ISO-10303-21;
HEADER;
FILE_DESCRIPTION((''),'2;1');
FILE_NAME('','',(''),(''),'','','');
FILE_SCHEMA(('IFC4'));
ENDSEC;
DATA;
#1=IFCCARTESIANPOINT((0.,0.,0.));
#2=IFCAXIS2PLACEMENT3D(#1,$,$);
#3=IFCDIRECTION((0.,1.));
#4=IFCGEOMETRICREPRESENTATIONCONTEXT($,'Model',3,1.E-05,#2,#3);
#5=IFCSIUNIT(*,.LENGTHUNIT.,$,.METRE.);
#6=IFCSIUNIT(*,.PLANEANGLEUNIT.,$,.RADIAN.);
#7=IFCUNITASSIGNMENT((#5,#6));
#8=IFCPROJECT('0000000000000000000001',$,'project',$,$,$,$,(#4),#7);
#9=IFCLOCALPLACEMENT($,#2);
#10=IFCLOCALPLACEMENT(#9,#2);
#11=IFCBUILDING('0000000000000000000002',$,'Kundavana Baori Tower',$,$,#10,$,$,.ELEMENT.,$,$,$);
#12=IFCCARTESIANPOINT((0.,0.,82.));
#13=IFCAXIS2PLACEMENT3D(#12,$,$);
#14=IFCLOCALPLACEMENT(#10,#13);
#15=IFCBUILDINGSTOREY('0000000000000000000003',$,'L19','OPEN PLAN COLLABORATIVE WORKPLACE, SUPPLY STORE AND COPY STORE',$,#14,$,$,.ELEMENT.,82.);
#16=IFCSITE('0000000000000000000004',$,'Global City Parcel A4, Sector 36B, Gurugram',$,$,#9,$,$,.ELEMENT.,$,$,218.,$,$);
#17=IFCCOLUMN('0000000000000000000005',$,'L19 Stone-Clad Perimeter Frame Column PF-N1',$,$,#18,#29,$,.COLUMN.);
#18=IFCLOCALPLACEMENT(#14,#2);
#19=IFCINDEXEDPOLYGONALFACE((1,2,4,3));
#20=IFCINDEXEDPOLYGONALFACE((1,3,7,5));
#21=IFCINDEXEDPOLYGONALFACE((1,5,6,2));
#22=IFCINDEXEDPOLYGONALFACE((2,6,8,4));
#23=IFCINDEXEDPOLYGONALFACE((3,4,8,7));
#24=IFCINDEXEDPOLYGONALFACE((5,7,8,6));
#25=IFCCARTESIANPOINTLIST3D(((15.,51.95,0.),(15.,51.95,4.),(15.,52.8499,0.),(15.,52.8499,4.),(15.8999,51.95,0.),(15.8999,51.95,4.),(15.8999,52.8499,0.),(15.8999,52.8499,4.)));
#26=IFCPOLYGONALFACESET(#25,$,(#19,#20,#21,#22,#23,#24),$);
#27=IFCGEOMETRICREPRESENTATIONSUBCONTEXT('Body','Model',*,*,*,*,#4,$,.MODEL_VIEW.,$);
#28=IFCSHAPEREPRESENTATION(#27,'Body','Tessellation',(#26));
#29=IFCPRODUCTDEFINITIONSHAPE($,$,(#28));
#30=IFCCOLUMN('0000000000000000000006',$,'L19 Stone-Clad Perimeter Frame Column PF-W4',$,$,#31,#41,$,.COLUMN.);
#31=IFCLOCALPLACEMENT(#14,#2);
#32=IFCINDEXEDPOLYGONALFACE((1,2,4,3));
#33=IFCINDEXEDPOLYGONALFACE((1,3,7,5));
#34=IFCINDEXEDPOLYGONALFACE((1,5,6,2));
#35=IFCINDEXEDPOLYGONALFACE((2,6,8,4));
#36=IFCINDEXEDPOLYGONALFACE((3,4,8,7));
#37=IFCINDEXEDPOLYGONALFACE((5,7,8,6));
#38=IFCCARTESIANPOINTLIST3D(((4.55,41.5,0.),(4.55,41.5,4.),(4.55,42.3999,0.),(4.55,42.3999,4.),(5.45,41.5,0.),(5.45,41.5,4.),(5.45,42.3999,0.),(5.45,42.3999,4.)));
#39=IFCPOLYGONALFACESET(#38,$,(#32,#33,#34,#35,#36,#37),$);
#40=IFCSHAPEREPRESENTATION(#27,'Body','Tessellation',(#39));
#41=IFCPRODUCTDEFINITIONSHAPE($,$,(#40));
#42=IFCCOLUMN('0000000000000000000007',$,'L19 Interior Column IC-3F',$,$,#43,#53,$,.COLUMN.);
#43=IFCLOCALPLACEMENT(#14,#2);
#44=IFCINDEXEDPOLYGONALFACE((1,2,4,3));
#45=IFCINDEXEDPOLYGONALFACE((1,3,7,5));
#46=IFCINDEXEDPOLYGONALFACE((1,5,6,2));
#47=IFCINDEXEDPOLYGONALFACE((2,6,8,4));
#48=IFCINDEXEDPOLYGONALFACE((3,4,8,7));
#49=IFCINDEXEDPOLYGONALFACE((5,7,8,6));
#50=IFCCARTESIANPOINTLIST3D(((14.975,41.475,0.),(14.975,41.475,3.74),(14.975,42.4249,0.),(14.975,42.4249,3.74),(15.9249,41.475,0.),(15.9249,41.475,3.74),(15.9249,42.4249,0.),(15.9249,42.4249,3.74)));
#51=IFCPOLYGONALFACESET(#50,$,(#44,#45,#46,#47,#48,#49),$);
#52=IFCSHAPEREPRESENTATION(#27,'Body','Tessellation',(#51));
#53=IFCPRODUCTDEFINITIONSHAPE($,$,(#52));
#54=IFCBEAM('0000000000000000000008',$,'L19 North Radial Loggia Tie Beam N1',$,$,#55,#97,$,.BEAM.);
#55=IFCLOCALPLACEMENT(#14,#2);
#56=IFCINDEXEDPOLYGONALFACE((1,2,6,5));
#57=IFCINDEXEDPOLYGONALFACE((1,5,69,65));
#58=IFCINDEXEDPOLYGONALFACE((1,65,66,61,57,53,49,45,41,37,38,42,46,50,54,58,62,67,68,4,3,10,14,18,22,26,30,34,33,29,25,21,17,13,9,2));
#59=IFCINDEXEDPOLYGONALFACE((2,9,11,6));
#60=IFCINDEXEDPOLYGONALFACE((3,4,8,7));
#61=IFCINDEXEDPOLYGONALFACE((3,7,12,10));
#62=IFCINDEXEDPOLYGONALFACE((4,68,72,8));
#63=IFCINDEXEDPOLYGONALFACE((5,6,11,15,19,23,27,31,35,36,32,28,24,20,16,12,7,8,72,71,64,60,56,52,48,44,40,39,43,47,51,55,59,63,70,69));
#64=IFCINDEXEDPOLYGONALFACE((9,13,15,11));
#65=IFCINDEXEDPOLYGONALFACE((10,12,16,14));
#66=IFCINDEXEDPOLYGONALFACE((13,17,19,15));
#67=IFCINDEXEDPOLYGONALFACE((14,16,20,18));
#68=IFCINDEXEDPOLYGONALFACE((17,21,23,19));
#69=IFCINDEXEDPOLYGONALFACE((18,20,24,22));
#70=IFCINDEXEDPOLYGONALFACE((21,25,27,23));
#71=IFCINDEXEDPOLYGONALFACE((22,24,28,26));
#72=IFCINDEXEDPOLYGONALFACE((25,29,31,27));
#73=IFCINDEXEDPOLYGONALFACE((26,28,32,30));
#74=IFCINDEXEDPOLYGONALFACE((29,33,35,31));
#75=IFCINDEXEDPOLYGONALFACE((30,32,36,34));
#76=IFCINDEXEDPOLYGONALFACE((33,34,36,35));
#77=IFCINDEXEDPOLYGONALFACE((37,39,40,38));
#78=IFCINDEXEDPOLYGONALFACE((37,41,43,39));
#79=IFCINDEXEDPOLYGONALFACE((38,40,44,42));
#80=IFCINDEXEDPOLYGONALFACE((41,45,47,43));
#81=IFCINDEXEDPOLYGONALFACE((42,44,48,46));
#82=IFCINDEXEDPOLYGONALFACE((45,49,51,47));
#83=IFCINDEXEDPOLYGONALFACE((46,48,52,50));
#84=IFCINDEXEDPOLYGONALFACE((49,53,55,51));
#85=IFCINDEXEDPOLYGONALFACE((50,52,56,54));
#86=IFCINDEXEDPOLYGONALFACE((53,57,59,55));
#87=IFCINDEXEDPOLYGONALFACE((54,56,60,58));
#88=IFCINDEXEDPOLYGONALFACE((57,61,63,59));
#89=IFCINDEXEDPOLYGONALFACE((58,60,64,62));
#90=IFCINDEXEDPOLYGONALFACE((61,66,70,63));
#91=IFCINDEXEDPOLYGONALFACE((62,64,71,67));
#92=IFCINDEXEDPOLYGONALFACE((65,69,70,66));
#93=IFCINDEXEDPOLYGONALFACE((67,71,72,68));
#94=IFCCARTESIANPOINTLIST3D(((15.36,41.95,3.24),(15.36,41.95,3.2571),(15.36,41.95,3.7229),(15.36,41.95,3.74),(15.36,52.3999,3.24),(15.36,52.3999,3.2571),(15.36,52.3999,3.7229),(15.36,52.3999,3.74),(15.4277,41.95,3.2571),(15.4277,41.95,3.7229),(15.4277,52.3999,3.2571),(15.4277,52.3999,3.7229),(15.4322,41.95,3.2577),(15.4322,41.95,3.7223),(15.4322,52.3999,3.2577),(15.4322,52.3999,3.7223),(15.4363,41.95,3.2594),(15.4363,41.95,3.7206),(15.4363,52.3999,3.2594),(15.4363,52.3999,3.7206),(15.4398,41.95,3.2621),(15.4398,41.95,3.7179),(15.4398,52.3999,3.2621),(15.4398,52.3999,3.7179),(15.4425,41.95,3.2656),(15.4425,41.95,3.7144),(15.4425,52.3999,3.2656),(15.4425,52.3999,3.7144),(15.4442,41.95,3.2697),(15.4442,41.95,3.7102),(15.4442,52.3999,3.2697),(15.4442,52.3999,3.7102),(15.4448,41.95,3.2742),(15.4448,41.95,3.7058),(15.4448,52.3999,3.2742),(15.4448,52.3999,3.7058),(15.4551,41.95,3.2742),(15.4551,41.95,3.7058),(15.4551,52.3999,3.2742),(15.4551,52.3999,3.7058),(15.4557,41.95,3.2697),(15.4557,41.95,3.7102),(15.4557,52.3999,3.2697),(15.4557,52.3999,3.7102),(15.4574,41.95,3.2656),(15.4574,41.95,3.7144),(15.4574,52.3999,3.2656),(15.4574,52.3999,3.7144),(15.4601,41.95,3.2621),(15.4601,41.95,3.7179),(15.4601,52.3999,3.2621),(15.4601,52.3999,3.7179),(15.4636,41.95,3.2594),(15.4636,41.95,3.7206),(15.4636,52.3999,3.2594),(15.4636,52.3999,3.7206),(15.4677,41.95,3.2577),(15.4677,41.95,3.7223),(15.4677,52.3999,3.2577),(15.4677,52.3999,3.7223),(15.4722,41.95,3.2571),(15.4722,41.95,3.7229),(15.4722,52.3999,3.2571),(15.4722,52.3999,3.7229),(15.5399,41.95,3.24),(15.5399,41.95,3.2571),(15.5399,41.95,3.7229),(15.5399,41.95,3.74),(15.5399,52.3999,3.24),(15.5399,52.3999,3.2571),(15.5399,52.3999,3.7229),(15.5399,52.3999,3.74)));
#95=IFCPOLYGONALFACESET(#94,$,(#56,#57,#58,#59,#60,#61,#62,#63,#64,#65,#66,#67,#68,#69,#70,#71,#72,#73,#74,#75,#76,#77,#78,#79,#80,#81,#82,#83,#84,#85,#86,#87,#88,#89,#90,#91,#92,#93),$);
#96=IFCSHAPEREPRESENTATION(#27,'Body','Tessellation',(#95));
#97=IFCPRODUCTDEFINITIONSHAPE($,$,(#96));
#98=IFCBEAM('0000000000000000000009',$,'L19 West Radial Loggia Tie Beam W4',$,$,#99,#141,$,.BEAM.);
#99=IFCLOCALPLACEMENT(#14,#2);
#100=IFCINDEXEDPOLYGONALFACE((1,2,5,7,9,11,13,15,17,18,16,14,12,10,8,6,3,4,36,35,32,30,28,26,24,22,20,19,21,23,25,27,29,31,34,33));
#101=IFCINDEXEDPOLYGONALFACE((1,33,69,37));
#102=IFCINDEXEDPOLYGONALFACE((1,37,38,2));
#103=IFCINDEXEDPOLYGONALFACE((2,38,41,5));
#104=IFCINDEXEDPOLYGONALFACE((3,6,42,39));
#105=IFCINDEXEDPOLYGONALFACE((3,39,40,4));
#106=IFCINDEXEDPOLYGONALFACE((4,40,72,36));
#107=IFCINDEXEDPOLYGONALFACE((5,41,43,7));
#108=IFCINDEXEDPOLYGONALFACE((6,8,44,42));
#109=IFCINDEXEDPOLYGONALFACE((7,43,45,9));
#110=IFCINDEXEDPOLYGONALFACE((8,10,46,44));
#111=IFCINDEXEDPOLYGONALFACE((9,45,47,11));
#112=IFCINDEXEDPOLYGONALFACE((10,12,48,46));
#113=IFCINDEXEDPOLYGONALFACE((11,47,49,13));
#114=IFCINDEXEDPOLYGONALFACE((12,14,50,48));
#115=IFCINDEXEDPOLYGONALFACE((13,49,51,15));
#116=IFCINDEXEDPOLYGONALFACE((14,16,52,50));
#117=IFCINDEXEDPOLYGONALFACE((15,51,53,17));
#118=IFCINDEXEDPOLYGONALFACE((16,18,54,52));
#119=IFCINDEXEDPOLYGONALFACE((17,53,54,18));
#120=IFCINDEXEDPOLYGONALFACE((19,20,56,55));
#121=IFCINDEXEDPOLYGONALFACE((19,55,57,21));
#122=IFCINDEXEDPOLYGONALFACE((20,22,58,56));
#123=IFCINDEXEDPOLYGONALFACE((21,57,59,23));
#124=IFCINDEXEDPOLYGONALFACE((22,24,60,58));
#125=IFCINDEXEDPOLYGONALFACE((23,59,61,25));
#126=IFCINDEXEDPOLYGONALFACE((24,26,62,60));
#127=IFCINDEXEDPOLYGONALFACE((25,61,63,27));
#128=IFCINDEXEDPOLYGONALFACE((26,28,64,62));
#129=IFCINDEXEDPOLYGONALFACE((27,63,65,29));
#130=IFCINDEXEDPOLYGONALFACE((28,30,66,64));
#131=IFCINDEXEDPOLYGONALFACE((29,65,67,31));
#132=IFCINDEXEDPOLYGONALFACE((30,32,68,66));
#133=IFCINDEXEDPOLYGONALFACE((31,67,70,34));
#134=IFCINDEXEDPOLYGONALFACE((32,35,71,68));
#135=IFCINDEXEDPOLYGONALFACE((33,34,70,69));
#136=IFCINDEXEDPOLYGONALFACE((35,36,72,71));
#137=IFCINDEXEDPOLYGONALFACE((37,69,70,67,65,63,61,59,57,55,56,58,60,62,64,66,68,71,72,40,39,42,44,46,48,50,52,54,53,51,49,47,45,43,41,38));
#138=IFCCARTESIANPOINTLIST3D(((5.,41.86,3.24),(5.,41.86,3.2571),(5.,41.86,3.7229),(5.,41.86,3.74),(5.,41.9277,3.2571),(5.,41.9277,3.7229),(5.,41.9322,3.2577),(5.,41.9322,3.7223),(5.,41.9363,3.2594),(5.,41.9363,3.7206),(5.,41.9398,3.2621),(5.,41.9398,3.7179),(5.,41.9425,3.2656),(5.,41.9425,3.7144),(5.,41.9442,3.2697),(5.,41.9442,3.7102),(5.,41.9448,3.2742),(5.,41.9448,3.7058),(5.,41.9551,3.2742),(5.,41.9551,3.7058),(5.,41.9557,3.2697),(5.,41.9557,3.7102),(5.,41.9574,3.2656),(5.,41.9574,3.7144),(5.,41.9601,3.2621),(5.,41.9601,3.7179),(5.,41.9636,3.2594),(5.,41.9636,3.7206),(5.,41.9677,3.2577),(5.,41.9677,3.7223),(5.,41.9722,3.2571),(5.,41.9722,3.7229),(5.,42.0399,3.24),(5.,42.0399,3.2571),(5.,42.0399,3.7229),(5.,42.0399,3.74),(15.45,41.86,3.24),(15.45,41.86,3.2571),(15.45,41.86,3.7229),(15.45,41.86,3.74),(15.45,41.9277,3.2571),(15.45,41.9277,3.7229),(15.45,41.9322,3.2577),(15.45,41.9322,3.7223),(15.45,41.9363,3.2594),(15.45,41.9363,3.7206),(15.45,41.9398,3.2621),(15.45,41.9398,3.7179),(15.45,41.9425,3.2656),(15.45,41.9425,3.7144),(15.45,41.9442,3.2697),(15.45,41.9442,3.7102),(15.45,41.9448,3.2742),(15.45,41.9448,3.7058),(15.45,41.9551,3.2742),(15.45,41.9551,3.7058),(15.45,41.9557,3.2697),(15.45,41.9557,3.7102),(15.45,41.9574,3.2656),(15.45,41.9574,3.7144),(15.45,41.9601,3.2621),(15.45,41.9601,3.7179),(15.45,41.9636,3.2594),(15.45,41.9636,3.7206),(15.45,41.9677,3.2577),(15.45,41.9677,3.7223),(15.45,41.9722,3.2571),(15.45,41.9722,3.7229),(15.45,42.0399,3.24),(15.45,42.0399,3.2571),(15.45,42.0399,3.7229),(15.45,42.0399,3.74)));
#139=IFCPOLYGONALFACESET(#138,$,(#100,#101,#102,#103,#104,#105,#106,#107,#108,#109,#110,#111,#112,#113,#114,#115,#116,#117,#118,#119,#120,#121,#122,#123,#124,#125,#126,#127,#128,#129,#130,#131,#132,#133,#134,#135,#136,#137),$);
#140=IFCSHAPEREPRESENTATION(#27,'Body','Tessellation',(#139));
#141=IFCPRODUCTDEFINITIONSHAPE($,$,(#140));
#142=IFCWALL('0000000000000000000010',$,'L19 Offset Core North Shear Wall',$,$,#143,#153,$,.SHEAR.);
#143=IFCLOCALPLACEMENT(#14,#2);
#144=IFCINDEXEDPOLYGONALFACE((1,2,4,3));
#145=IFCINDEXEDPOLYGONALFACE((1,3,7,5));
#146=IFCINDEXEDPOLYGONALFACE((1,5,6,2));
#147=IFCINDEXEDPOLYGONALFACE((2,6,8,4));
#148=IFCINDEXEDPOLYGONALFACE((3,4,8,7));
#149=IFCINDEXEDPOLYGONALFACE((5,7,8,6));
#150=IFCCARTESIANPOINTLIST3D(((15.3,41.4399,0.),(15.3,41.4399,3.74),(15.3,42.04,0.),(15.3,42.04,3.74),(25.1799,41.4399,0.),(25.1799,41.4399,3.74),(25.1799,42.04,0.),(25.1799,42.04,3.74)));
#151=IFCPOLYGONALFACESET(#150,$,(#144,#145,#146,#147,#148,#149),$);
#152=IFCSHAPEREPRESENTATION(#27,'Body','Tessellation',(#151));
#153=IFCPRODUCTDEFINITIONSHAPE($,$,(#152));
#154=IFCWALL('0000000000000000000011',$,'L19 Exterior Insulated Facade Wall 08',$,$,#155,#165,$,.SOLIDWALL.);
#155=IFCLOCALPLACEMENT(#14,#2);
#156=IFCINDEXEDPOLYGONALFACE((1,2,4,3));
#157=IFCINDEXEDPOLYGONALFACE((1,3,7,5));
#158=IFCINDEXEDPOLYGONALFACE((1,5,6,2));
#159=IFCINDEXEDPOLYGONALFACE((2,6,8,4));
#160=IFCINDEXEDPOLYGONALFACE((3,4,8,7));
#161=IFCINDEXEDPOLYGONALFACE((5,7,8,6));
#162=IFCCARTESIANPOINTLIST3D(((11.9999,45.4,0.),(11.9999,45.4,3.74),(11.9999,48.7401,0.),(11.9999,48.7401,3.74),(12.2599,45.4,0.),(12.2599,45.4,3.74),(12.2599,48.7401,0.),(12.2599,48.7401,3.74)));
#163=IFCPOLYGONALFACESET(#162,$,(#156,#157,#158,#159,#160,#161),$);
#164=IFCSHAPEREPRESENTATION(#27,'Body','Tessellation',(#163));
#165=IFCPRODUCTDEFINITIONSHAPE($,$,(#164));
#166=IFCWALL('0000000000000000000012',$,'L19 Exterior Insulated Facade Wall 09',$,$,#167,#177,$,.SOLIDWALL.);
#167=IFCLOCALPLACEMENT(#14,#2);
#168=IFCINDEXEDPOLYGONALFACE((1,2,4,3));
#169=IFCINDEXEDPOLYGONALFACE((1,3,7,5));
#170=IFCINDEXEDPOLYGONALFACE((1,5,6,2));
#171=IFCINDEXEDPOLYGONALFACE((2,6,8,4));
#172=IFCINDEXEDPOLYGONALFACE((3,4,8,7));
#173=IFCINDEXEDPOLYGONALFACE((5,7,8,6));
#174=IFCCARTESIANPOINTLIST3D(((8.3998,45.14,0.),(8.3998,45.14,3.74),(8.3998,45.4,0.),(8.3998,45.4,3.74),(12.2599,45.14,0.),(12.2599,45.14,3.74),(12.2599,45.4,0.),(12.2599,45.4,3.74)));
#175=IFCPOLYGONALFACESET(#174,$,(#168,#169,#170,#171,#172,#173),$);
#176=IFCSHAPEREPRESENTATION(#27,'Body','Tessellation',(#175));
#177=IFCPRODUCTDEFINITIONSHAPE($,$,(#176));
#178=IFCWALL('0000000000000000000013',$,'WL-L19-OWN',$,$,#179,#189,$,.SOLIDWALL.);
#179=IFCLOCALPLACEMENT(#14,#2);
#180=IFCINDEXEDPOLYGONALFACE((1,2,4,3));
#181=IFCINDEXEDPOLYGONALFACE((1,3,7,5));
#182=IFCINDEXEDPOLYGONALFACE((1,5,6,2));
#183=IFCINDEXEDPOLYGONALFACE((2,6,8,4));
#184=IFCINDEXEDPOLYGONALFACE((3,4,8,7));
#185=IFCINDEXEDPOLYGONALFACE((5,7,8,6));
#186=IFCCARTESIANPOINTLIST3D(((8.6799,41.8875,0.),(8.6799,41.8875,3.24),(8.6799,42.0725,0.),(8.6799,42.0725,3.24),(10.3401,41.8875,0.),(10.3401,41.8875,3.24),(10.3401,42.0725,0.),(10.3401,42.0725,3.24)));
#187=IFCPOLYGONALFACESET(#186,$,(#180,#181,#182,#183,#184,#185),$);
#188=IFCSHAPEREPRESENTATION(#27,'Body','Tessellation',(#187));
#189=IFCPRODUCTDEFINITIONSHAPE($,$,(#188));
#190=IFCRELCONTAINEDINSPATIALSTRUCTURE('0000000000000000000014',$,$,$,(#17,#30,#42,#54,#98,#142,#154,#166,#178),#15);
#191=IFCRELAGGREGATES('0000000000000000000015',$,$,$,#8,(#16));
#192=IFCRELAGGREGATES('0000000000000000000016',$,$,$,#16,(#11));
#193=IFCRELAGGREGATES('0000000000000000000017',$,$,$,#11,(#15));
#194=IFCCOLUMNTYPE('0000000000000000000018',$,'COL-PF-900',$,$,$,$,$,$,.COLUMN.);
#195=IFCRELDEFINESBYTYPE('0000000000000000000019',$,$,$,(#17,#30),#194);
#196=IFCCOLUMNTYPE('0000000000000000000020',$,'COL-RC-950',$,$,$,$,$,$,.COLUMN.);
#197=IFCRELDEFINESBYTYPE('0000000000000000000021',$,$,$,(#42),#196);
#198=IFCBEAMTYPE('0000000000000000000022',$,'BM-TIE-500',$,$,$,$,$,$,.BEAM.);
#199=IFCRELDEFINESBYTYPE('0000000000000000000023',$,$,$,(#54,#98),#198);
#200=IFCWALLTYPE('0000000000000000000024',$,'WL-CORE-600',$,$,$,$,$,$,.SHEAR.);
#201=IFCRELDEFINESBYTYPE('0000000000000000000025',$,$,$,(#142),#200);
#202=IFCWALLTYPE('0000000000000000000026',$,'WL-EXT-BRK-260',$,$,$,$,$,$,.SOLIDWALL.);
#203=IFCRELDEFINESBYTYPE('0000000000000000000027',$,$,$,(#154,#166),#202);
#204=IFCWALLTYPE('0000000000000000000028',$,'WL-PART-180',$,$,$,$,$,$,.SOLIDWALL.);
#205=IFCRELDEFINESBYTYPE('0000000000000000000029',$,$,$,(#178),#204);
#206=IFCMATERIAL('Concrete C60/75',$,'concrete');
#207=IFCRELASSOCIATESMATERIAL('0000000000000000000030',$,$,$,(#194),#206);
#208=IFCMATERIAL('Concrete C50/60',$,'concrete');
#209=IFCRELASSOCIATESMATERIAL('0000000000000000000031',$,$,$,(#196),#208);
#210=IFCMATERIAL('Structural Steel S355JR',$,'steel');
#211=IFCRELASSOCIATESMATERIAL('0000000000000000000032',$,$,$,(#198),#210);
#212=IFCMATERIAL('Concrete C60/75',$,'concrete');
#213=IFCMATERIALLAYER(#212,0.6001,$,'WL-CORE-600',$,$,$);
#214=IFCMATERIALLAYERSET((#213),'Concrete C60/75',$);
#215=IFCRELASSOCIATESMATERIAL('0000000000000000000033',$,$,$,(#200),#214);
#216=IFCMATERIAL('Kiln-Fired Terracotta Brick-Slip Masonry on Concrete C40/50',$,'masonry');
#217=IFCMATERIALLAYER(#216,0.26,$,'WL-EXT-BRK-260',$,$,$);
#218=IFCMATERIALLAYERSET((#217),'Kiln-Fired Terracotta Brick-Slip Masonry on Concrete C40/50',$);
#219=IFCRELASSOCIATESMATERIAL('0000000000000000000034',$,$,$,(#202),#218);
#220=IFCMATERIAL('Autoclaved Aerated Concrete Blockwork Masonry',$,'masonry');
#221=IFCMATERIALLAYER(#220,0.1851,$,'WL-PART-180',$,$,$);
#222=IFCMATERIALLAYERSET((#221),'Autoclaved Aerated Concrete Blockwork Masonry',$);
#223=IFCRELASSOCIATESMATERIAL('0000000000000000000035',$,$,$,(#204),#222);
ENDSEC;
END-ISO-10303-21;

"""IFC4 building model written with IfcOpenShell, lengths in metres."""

from ifc_helpers import new_model, si_unit, direction, frame, frame_2d, origin, origin_2d, place, context, subcontext, project, spatial, rectangle, i_section, extrude, material, layer, layer_set, material_profile, profile_set, type_object, element, save


model = new_model("IFC4")

# Units and contexts
model_context = context("Model", 3, precision=1e-05, world=origin(), true_north=direction((0.0, 1.0)))
body_context = subcontext(model_context, "Body", "Model", "MODEL_VIEW")
ifc_project = project(units=[si_unit("LENGTHUNIT", "METRE"), si_unit("PLANEANGLEUNIT", "RADIAN")], contexts=[model_context])

# Site, building, storey
site_placement = place(None, origin())
site = spatial("IfcSite", under=ifc_project, at=site_placement, Name="Global City Parcel A4, Sector 36B, Gurugram", CompositionType="ELEMENT", RefElevation=218.0)
building_placement = place(site_placement, origin())
building = spatial("IfcBuilding", under=site, at=building_placement, Name="Kundavana Baori Tower", CompositionType="ELEMENT")
storey_placement = place(building_placement, frame((0.0, 0.0, 82.0)))
storey = spatial("IfcBuildingStorey", under=building, at=storey_placement, Name="L19", Description="OPEN PLAN COLLABORATIVE WORKPLACE, SUPPLY STORE AND COPY STORE", CompositionType="ELEMENT", Elevation=82.0)

# Columns
ifc_material_1 = material(Name="Concrete C60/75", Category="concrete")
ifc_material_profile_1 = material_profile(ifc_material_1, rectangle(XDim=0.8999, YDim=0.8999, at=origin_2d()), Name="RC PF 900x900")
ifc_profile_set_1 = profile_set([ifc_material_profile_1], Name="Concrete C60/75")
column_type_1 = type_object("IfcColumnType", Name="COL-PF-900", PredefinedType="COLUMN", material=ifc_profile_set_1)
for number, where, z_axis, x_axis, name in (
    (1, (15.45, 52.3999, 0.0), (0.0, 0.0, 1.0), (1.0, 0.0, 0.0), "L19 Stone-Clad Perimeter Frame Column PF-N1"),
    (2, (5.0, 41.95, 0.0), (0.0, 0.0, 1.0), (1.0, 0.0, 0.0), "L19 Stone-Clad Perimeter Frame Column PF-W4"),
):
    element("IfcColumn", number, at=place(storey_placement, frame(where, z_axis=z_axis, x_axis=x_axis)), inside=storey, type_object=column_type_1, Name=name, PredefinedType="COLUMN", context=body_context, shape_type="SweptSolid", body=[
        extrude(rectangle(XDim=0.8999, YDim=0.8999, at=origin_2d()), origin(), (0.0, 0.0, 1.0), 4.0),
    ])
ifc_material_2 = material(Name="Concrete C50/60", Category="concrete")
ifc_material_profile_2 = material_profile(ifc_material_2, rectangle(XDim=0.95, YDim=0.95, at=origin_2d()), Name="RC 950x950")
ifc_profile_set_2 = profile_set([ifc_material_profile_2], Name="Concrete C50/60")
column_type_2 = type_object("IfcColumnType", Name="COL-RC-950", PredefinedType="COLUMN", material=ifc_profile_set_2)
column_placement = place(storey_placement, frame((15.45, 41.95, 0.0), z_axis=(0.0, 0.0, 1.0), x_axis=(1.0, 0.0, 0.0)))
element("IfcColumn", 3, at=column_placement, inside=storey, type_object=column_type_2, Name="L19 Interior Column IC-3F", PredefinedType="COLUMN", context=body_context, shape_type="SweptSolid", body=[
    extrude(rectangle(XDim=0.95, YDim=0.95, at=origin_2d()), origin(), (0.0, 0.0, 1.0), 3.74),
])

# Beams
ifc_material_3 = material(Name="Structural Steel S355JR", Category="steel")
ifc_material_profile_3 = material_profile(ifc_material_3, i_section(OverallWidth=0.1799, OverallDepth=0.5, WebThickness=0.0103, FlangeThickness=0.0171, FilletRadius=0.0171, at=origin_2d()), Name="ISMB 500")
ifc_profile_set_3 = profile_set([ifc_material_profile_3], Name="Structural Steel S355JR")
beam_type = type_object("IfcBeamType", Name="BM-TIE-500", PredefinedType="BEAM", material=ifc_profile_set_3)
for number, where, z_axis, x_axis, name in (
    (4, (15.45, 41.95, 3.49), (0.0, 1.0, 0.0), (-1.0, 0.0, 0.0), "L19 North Radial Loggia Tie Beam N1"),
    (5, (15.45, 41.95, 3.49), (-1.0, 0.0, 0.0), (0.0, -1.0, 0.0), "L19 West Radial Loggia Tie Beam W4"),
):
    element("IfcBeam", number, at=place(storey_placement, frame(where, z_axis=z_axis, x_axis=x_axis)), inside=storey, type_object=beam_type, Name=name, PredefinedType="BEAM", context=body_context, shape_type="SweptSolid", body=[
        extrude(i_section(OverallWidth=0.1799, OverallDepth=0.5, WebThickness=0.0103, FlangeThickness=0.0171, FilletRadius=0.0171, at=origin_2d()), origin(), (0.0, 0.0, 1.0), 10.45),
    ])

# Walls
ifc_material_4 = material(Name="Concrete C60/75", Category="concrete")
ifc_layer_1 = layer(ifc_material_4, 0.6001, Name="WL-CORE-600")
ifc_layer_set_1 = layer_set([ifc_layer_1], Name="Concrete C60/75")
wall_type_1 = type_object("IfcWallType", Name="WL-CORE-600", PredefinedType="SHEAR", material=ifc_layer_set_1)
wall_1_placement = place(storey_placement, frame((15.3, 41.74, 0.0), z_axis=(0.0, 0.0, 1.0), x_axis=(1.0, 0.0, 0.0)))
element("IfcWall", 6, at=wall_1_placement, inside=storey, type_object=wall_type_1, Name="L19 Offset Core North Shear Wall", PredefinedType="SHEAR", context=body_context, shape_type="SweptSolid", body=[
    extrude(rectangle(XDim=9.8799, YDim=0.6001, at=frame_2d((4.9399, 0.0))), origin(), (0.0, 0.0, 1.0), 3.74),
])
ifc_material_5 = material(Name="Kiln-Fired Terracotta Brick-Slip Masonry on Concrete C40/50", Category="masonry")
ifc_layer_2 = layer(ifc_material_5, 0.26, Name="WL-EXT-BRK-260")
ifc_layer_set_2 = layer_set([ifc_layer_2], Name="Kiln-Fired Terracotta Brick-Slip Masonry on Concrete C40/50")
wall_type_2 = type_object("IfcWallType", Name="WL-EXT-BRK-260", PredefinedType="SOLIDWALL", material=ifc_layer_set_2)
wall_2_placement = place(storey_placement, frame((12.1299, 48.74, 0.0), z_axis=(0.0, 0.0, 1.0), x_axis=(0.0, -1.0, 0.0)))
element("IfcWall", 7, at=wall_2_placement, inside=storey, type_object=wall_type_2, Name="L19 Exterior Insulated Facade Wall 08", PredefinedType="SOLIDWALL", context=body_context, shape_type="SweptSolid", body=[
    extrude(rectangle(XDim=3.3401, YDim=0.26, at=frame_2d((1.6699, 0.0))), origin(), (0.0, 0.0, 1.0), 3.74),
])
wall_3_placement = place(storey_placement, frame((12.26, 45.27, 0.0), z_axis=(0.0, 0.0, 1.0), x_axis=(-1.0, 0.0, 0.0)))
element("IfcWall", 8, at=wall_3_placement, inside=storey, type_object=wall_type_2, Name="L19 Exterior Insulated Facade Wall 09", PredefinedType="SOLIDWALL", context=body_context, shape_type="SweptSolid", body=[
    extrude(rectangle(XDim=3.8601, YDim=0.26, at=frame_2d((1.9302, 0.0))), origin(), (0.0, 0.0, 1.0), 3.74),
])

# Wall
ifc_material_6 = material(Name="Autoclaved Aerated Concrete Blockwork Masonry", Category="masonry")
ifc_layer_3 = layer(ifc_material_6, 0.1851, Name="WL-PART-180")
ifc_layer_set_3 = layer_set([ifc_layer_3], Name="Autoclaved Aerated Concrete Blockwork Masonry")
wall_type_3 = type_object("IfcWallType", Name="WL-PART-180", PredefinedType="SOLIDWALL", material=ifc_layer_set_3)
wall_4_placement = place(storey_placement, frame((8.6799, 41.98, 0.0), z_axis=(0.0, 0.0, 1.0), x_axis=(1.0, 0.0, 0.0)))
element("IfcWall", 9, at=wall_4_placement, inside=storey, type_object=wall_type_3, Name="WL-L19-OWN", PredefinedType="SOLIDWALL", context=body_context, shape_type="SweptSolid", body=[
    extrude(rectangle(XDim=1.6602, YDim=0.1851, at=frame_2d((0.8301, 0.0))), origin(), (0.0, 0.0, 1.0), 3.24),
])

save(model, "model.ifc")
